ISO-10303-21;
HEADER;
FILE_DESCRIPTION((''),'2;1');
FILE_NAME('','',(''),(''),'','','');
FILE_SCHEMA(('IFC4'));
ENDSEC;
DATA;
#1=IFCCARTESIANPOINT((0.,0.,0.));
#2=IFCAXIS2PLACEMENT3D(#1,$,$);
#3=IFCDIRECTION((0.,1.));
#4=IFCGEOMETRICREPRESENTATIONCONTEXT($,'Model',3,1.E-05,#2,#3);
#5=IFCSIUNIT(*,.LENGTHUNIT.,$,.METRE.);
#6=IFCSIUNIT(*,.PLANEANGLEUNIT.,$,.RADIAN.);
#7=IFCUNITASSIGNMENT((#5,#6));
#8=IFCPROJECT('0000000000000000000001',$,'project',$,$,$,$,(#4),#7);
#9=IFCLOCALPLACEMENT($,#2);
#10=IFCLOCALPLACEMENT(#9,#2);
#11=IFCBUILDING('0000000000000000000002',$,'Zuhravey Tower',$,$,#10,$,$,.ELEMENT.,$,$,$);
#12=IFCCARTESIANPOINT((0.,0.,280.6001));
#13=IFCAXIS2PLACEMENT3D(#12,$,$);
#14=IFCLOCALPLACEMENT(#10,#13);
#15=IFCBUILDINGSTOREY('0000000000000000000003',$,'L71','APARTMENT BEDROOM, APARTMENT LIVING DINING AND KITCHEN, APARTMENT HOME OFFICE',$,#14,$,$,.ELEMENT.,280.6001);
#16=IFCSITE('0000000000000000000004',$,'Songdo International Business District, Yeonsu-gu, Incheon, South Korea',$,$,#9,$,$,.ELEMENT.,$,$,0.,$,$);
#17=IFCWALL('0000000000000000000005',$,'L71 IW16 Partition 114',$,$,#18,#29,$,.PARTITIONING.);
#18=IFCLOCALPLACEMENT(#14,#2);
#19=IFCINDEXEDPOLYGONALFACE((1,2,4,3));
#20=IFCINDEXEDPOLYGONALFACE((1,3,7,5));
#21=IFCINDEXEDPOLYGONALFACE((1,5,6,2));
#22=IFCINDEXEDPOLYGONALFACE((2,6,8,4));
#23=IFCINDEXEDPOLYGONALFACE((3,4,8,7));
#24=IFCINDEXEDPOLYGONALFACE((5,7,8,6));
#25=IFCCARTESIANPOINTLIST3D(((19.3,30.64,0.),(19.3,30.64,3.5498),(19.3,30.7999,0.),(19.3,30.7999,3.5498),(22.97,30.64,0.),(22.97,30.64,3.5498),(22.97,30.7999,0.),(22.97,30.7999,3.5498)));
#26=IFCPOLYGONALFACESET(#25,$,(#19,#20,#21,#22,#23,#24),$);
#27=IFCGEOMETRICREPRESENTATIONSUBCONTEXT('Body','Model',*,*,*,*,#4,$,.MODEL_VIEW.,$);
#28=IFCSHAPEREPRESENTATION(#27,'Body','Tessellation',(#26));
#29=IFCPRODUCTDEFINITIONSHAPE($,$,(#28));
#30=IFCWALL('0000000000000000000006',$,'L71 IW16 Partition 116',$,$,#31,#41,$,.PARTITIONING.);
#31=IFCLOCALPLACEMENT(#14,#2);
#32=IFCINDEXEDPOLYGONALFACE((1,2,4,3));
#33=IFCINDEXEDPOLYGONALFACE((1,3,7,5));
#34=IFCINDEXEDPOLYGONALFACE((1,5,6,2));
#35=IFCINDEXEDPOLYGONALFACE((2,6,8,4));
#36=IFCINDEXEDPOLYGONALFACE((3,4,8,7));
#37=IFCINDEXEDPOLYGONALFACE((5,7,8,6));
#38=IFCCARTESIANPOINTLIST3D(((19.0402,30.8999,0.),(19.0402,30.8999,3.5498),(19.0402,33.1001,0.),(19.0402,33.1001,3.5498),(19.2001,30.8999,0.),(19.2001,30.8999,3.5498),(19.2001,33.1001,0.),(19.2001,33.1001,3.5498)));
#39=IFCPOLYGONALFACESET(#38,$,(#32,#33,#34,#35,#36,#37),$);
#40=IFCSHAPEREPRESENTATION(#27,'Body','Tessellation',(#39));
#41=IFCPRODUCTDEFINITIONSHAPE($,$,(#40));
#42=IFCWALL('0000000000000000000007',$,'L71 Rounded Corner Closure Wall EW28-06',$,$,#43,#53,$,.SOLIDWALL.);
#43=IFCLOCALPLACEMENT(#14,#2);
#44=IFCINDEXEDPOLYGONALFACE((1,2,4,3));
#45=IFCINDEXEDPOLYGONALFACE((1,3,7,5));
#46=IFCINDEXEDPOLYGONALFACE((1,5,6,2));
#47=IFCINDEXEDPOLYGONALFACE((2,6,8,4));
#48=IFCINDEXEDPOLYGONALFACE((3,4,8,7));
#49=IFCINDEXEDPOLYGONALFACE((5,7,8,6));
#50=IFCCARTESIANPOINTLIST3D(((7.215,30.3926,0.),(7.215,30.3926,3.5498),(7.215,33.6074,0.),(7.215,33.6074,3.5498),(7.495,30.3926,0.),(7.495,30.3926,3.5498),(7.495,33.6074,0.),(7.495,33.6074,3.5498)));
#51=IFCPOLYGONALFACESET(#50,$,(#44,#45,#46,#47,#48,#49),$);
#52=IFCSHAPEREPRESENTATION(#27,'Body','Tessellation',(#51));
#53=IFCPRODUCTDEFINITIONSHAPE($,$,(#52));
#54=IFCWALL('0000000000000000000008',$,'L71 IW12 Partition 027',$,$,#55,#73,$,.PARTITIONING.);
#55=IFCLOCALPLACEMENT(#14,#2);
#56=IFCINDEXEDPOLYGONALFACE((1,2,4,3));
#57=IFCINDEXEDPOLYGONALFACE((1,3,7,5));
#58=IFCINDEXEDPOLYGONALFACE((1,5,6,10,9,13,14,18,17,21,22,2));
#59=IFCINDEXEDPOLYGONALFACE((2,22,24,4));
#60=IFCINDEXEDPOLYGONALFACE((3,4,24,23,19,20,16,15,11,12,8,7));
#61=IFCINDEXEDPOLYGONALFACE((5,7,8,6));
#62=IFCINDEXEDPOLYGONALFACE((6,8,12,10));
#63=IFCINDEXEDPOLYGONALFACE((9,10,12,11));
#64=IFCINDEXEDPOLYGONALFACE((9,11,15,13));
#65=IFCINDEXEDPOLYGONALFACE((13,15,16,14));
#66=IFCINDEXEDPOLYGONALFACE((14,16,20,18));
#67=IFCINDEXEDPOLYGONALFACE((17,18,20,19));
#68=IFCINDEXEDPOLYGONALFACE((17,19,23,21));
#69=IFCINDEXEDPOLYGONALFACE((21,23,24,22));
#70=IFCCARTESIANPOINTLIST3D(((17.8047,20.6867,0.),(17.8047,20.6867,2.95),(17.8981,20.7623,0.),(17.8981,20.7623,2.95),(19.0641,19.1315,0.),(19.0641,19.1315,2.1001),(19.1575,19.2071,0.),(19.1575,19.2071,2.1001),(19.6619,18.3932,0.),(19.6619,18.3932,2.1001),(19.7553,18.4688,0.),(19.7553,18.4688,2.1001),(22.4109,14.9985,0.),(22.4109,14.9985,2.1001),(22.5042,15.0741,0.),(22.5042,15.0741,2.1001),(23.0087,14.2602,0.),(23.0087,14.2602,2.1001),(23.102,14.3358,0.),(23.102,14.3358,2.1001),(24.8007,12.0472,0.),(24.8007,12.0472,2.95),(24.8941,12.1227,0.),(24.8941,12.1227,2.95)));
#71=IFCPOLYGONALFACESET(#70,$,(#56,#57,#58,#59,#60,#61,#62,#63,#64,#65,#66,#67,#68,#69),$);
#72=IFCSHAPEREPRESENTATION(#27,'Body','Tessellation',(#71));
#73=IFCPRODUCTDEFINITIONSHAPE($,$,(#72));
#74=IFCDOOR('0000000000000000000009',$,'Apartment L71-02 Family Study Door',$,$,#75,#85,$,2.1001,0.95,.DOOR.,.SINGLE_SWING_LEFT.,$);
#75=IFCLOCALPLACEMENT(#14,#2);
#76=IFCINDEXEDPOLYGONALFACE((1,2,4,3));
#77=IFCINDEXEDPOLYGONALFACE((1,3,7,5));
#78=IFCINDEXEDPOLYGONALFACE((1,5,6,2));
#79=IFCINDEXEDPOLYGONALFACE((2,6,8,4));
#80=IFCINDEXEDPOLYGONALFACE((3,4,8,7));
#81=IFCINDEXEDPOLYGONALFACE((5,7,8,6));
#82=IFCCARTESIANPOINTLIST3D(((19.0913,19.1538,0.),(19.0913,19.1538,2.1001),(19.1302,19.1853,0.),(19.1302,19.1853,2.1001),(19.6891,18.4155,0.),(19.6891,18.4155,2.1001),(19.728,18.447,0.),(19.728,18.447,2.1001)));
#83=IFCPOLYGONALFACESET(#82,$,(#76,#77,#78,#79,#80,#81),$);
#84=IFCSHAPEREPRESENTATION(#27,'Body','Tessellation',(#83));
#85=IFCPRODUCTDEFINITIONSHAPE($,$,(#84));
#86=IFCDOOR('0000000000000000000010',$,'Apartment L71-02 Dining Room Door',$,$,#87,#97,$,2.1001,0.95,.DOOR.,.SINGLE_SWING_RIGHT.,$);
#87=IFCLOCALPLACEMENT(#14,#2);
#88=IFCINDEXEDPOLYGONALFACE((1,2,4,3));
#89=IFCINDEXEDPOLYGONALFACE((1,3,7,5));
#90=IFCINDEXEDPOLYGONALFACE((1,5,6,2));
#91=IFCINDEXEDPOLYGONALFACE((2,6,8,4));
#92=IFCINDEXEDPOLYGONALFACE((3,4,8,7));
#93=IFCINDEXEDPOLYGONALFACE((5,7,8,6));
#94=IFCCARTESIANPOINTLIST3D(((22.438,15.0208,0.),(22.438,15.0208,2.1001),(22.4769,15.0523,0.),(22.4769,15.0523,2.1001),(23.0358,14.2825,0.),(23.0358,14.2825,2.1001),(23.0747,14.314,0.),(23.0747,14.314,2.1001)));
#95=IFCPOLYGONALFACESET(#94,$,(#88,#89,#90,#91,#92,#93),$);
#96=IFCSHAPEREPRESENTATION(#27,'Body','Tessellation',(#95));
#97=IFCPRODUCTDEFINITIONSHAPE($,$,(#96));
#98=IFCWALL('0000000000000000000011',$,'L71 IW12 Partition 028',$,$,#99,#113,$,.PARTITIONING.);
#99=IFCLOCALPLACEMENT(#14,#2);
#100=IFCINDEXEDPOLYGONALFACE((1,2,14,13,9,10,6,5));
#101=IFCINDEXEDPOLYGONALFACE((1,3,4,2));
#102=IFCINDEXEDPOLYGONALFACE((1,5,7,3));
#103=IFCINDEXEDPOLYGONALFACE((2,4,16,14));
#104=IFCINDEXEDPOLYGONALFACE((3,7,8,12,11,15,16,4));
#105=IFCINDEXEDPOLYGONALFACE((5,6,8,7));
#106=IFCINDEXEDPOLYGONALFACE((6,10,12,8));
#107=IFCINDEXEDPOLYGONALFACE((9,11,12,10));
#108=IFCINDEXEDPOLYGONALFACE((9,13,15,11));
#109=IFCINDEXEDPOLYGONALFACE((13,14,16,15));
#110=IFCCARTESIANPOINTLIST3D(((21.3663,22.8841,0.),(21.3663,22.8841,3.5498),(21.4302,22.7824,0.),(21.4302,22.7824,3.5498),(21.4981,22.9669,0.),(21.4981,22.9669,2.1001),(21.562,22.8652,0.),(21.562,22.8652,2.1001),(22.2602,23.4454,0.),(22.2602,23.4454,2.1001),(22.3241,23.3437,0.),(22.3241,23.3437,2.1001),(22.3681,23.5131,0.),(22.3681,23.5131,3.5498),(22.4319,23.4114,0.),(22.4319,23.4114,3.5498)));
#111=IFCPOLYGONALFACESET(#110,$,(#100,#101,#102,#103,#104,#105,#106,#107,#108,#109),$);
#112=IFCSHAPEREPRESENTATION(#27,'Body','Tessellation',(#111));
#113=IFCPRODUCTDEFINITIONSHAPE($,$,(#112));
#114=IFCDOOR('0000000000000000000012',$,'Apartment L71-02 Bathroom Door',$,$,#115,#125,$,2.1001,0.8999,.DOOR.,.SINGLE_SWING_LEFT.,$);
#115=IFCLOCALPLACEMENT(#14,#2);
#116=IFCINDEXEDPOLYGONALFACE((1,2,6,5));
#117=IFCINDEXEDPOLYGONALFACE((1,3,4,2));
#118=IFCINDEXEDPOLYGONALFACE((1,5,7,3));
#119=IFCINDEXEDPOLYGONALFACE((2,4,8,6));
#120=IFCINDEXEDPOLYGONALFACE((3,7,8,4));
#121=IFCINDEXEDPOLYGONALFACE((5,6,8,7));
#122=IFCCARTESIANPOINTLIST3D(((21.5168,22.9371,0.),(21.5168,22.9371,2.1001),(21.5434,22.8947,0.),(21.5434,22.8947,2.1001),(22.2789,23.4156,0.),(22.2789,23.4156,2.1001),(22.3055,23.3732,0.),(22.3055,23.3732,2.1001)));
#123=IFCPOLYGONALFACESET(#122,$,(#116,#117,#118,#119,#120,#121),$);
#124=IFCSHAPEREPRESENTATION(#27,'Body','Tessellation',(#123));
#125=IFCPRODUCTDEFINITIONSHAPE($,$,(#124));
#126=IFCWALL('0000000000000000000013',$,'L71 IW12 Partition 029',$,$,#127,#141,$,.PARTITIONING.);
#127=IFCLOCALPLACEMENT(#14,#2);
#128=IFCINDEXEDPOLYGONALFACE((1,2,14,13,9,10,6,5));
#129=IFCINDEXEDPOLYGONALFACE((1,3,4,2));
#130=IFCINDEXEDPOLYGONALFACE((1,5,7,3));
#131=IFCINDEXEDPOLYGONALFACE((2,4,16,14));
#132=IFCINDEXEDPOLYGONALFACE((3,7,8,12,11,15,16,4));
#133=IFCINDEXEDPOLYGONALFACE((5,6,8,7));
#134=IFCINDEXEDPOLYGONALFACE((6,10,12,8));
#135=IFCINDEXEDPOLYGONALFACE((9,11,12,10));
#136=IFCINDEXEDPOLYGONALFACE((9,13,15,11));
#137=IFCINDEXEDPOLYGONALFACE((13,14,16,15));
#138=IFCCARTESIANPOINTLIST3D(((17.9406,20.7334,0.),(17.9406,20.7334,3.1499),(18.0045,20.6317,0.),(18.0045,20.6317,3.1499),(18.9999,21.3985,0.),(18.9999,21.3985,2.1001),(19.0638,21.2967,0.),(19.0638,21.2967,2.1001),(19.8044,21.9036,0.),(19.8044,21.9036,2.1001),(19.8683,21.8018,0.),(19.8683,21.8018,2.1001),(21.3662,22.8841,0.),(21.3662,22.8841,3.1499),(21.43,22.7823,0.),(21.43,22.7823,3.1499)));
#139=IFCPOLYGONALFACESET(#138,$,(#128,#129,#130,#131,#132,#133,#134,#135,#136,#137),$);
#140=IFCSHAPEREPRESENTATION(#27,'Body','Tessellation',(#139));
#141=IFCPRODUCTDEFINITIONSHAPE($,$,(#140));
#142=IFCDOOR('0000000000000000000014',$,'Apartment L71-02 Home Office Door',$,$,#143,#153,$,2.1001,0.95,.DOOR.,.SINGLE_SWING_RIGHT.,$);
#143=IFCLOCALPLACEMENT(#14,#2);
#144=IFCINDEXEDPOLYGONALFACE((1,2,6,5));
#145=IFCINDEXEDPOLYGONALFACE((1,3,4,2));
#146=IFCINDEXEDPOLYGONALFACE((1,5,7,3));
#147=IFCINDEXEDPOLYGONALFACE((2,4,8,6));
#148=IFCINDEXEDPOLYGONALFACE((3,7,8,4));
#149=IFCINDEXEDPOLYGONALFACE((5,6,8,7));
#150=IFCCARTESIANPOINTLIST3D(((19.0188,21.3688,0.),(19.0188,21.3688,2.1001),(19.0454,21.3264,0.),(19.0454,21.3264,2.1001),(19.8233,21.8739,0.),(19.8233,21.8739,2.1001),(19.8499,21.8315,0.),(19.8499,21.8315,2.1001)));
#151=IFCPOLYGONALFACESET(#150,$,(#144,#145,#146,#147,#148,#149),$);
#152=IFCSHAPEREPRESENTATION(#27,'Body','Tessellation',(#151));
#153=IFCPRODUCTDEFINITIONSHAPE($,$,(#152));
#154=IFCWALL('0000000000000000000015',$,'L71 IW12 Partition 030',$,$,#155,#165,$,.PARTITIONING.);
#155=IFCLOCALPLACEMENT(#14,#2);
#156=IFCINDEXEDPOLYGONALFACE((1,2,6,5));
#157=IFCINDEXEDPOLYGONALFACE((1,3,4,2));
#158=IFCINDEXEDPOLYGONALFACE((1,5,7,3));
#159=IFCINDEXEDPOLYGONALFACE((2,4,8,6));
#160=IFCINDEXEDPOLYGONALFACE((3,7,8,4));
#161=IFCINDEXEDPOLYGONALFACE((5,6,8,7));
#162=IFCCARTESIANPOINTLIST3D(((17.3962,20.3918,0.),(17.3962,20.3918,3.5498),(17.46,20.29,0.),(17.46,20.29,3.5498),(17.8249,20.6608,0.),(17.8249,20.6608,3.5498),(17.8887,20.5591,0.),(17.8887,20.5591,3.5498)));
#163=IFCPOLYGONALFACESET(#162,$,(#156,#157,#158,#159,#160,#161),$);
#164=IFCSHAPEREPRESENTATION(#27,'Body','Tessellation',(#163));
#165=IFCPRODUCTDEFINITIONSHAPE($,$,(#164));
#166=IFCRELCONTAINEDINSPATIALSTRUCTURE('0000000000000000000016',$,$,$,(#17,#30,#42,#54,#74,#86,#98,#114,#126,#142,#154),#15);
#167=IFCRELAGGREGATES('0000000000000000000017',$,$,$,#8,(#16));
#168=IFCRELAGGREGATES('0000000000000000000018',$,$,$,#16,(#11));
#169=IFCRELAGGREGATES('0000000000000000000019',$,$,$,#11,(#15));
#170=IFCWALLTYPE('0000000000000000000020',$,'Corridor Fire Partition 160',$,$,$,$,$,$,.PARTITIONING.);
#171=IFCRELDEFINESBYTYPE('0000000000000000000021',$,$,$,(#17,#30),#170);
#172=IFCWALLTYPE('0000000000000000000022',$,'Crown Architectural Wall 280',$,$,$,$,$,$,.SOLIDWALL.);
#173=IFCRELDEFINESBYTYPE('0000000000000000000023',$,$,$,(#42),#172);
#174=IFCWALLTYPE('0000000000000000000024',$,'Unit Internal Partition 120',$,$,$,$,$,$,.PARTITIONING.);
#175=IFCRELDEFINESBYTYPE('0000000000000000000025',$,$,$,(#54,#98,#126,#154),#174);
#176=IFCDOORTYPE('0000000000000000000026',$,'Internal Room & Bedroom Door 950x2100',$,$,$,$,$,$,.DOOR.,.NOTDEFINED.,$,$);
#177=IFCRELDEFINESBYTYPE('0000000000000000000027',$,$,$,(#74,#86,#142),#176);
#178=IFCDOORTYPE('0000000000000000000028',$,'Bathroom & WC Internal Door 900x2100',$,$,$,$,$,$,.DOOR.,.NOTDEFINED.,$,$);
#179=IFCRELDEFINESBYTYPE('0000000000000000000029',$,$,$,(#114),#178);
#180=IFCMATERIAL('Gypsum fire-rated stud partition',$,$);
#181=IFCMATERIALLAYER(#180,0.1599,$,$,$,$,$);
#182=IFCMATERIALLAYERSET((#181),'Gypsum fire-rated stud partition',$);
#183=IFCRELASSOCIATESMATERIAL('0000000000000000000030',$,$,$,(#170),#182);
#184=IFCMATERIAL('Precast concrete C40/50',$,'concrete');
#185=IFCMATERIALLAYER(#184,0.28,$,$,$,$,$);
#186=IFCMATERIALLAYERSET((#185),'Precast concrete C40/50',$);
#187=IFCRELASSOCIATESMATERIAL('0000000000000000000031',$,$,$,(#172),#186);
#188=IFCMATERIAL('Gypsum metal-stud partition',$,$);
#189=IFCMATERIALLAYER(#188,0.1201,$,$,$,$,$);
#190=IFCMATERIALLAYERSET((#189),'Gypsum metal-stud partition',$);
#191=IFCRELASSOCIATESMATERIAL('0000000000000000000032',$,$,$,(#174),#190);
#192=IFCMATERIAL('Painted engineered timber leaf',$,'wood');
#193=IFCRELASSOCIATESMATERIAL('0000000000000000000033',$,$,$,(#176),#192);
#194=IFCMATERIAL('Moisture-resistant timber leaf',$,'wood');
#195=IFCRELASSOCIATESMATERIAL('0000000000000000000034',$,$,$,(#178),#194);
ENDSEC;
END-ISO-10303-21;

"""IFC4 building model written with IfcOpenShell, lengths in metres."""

from ifc_helpers import new_model, si_unit, direction, frame, frame_2d, origin, place, context, subcontext, project, spatial, rectangle, extrude, material, layer, layer_set, type_object, element, fill, save


model = new_model("IFC4")

# Units and contexts
model_context = context("Model", 3, precision=1e-05, world=origin(), true_north=direction((0.0, 1.0)))
body_context = subcontext(model_context, "Body", "Model", "MODEL_VIEW")
ifc_project = project(units=[si_unit("LENGTHUNIT", "METRE"), si_unit("PLANEANGLEUNIT", "RADIAN")], contexts=[model_context])

# Site, building, storey
site_placement = place(None, origin())
site = spatial("IfcSite", under=ifc_project, at=site_placement, Name="Songdo International Business District, Yeonsu-gu, Incheon, South Korea", CompositionType="ELEMENT", RefElevation=0.0)
building_placement = place(site_placement, origin())
building = spatial("IfcBuilding", under=site, at=building_placement, Name="Zuhravey Tower", CompositionType="ELEMENT")
storey_placement = place(building_placement, frame((0.0, 0.0, 280.6001)))
storey = spatial("IfcBuildingStorey", under=building, at=storey_placement, Name="L71", Description="APARTMENT BEDROOM, APARTMENT LIVING DINING AND KITCHEN, APARTMENT HOME OFFICE", CompositionType="ELEMENT", Elevation=280.6001)

# Walls
ifc_material_1 = material(Name="Gypsum fire-rated stud partition")
ifc_layer_1 = layer(ifc_material_1, 0.1599)
ifc_layer_set_1 = layer_set([ifc_layer_1], Name="Gypsum fire-rated stud partition")
wall_type_1 = type_object("IfcWallType", Name="Corridor Fire Partition 160", PredefinedType="PARTITIONING", material=ifc_layer_set_1)
wall_1_placement = place(storey_placement, frame((19.3, 30.72, 0.0), z_axis=(0.0, 0.0, 1.0), x_axis=(1.0, 0.0, 0.0)))
element("IfcWall", 1, at=wall_1_placement, inside=storey, type_object=wall_type_1, Name="L71 IW16 Partition 114", PredefinedType="PARTITIONING", context=body_context, shape_type="SweptSolid", body=[
    extrude(rectangle(XDim=3.6699, YDim=0.1599, at=frame_2d((1.835, 0.0))), origin(), (0.0, 0.0, 1.0), 3.5498),
])
wall_2_placement = place(storey_placement, frame((19.1201, 33.1001, 0.0), z_axis=(0.0, 0.0, 1.0), x_axis=(0.0, -1.0, 0.0)))
element("IfcWall", 2, at=wall_2_placement, inside=storey, type_object=wall_type_1, Name="L71 IW16 Partition 116", PredefinedType="PARTITIONING", context=body_context, shape_type="SweptSolid", body=[
    extrude(rectangle(XDim=2.2002, YDim=0.1599, at=frame_2d((1.1001, 0.0))), origin(), (0.0, 0.0, 1.0), 3.5498),
])
ifc_material_2 = material(Name="Precast concrete C40/50", Category="concrete")
ifc_layer_2 = layer(ifc_material_2, 0.28)
ifc_layer_set_2 = layer_set([ifc_layer_2], Name="Precast concrete C40/50")
wall_type_2 = type_object("IfcWallType", Name="Crown Architectural Wall 280", PredefinedType="SOLIDWALL", material=ifc_layer_set_2)
wall_3_placement = place(storey_placement, frame((7.355, 30.3926, 0.0), z_axis=(0.0, 0.0, 1.0), x_axis=(0.0, 1.0, 0.0)))
element("IfcWall", 3, at=wall_3_placement, inside=storey, type_object=wall_type_2, Name="L71 Rounded Corner Closure Wall EW28-06", PredefinedType="SOLIDWALL", context=body_context, shape_type="SweptSolid", body=[
    extrude(rectangle(XDim=3.2148, YDim=0.28, at=frame_2d((1.6074, 0.0))), origin(), (0.0, 0.0, 1.0), 3.5498),
])

# Wall, openings, doors
ifc_material_3 = material(Name="Gypsum metal-stud partition")
ifc_layer_3 = layer(ifc_material_3, 0.1201)
ifc_layer_set_3 = layer_set([ifc_layer_3], Name="Gypsum metal-stud partition")
wall_type_3 = type_object("IfcWallType", Name="Unit Internal Partition 120", PredefinedType="PARTITIONING", material=ifc_layer_set_3)
wall_4_placement = place(storey_placement, frame((17.8513, 20.7246, 0.0), z_axis=(0.0, 0.0, 1.0), x_axis=(0.629312, -0.777153, 0.0)))
wall_4 = element("IfcWall", 4, at=wall_4_placement, inside=storey, type_object=wall_type_3, Name="L71 IW12 Partition 027", PredefinedType="PARTITIONING", context=body_context, shape_type="SweptSolid", body=[
    extrude(rectangle(XDim=11.1169, YDim=0.1201, at=frame_2d((5.5586, 0.0))), origin(), (0.0, 0.0, 1.0), 2.95),
])
opening_1_placement = place(wall_4_placement, frame((2.0012, 0.0, 0.0)))
opening_1 = element("IfcOpeningElement", 5, at=opening_1_placement, cuts=wall_4, PredefinedType="OPENING", context=body_context, shape_type="SweptSolid", body=[
    extrude(rectangle(XDim=0.95, YDim=2.1001, at=frame_2d((0.4751, 1.05))), frame((0.0, 0.072, 0.0), z_axis=(0.0, -1.0, 0.0), x_axis=(1.0, 0.0, 0.0)), (0.0, 0.0, 1.0), 0.144),
])
opening_2_placement = place(wall_4_placement, frame((7.3193, 0.0, 0.0)))
opening_2 = element("IfcOpeningElement", 6, at=opening_2_placement, cuts=wall_4, PredefinedType="OPENING", context=body_context, shape_type="SweptSolid", body=[
    extrude(rectangle(XDim=0.95, YDim=2.1001, at=frame_2d((0.4751, 1.05))), frame((0.0, 0.072, 0.0), z_axis=(0.0, -1.0, 0.0), x_axis=(1.0, 0.0, 0.0)), (0.0, 0.0, 1.0), 0.144),
])
ifc_material_4 = material(Name="Painted engineered timber leaf", Category="wood")
door_type_1 = type_object("IfcDoorType", Name="Internal Room & Bedroom Door 950x2100", OperationType="NOTDEFINED", PredefinedType="DOOR", material=ifc_material_4)
door_1_placement = place(opening_1_placement, frame((0.95, 0.0, 0.0), z_axis=(0.0, 0.0, 1.0), x_axis=(-1.0, 0.0, 0.0)))
door_1 = element("IfcDoor", 7, at=door_1_placement, inside=storey, type_object=door_type_1, Name="Apartment L71-02 Family Study Door", OperationType="SINGLE_SWING_LEFT", OverallHeight=2.1001, OverallWidth=0.95, PredefinedType="DOOR", context=body_context, shape_type="SweptSolid", body=[
    extrude(rectangle(XDim=0.95, YDim=2.1001, at=frame_2d((0.4751, 1.05))), frame((0.0, 0.0249, 0.0), z_axis=(0.0, -1.0, 0.0), x_axis=(1.0, 0.0, 0.0)), (0.0, 0.0, 1.0), 0.05),
])
fill(opening_1, door_1)
door_2_placement = place(opening_2_placement, frame((0.95, 0.0, 0.0), z_axis=(0.0, 0.0, 1.0), x_axis=(-1.0, 0.0, 0.0)))
door_2 = element("IfcDoor", 8, at=door_2_placement, inside=storey, type_object=door_type_1, Name="Apartment L71-02 Dining Room Door", OperationType="SINGLE_SWING_RIGHT", OverallHeight=2.1001, OverallWidth=0.95, PredefinedType="DOOR", context=body_context, shape_type="SweptSolid", body=[
    extrude(rectangle(XDim=0.95, YDim=2.1001, at=frame_2d((0.4751, 1.05))), frame((0.0, 0.0249, 0.0), z_axis=(0.0, -1.0, 0.0), x_axis=(1.0, 0.0, 0.0)), (0.0, 0.0, 1.0), 0.05),
])
fill(opening_2, door_2)

# Walls, openings, doors
wall_5_placement = place(storey_placement, frame((22.3999, 23.4622, 0.0), z_axis=(0.0, 0.0, 1.0), x_axis=(-0.846918, -0.531723, 0.0)))
wall_5 = element("IfcWall", 9, at=wall_5_placement, inside=storey, type_object=wall_type_3, Name="L71 IW12 Partition 028", PredefinedType="PARTITIONING", context=body_context, shape_type="SweptSolid", body=[
    extrude(rectangle(XDim=1.1829, YDim=0.1201, at=frame_2d((0.5913, 0.0))), origin(), (0.0, 0.0, 1.0), 3.5498),
])
opening_3_placement = place(wall_5_placement, frame((0.1272, 0.0, 0.0)))
opening_3 = element("IfcOpeningElement", 10, at=opening_3_placement, cuts=wall_5, PredefinedType="OPENING", context=body_context, shape_type="SweptSolid", body=[
    extrude(rectangle(XDim=0.8999, YDim=2.1001, at=frame_2d((0.45, 1.05))), frame((0.0, 0.072, 0.0), z_axis=(0.0, -1.0, 0.0), x_axis=(1.0, 0.0, 0.0)), (0.0, 0.0, 1.0), 0.144),
])
ifc_material_5 = material(Name="Moisture-resistant timber leaf", Category="wood")
door_type_2 = type_object("IfcDoorType", Name="Bathroom & WC Internal Door 900x2100", OperationType="NOTDEFINED", PredefinedType="DOOR", material=ifc_material_5)
door_3_placement = place(opening_3_placement, frame((0.8999, 0.0, 0.0), z_axis=(0.0, 0.0, 1.0), x_axis=(-1.0, 0.0, 0.0)))
door_3 = element("IfcDoor", 11, at=door_3_placement, inside=storey, type_object=door_type_2, Name="Apartment L71-02 Bathroom Door", OperationType="SINGLE_SWING_LEFT", OverallHeight=2.1001, OverallWidth=0.8999, PredefinedType="DOOR", context=body_context, shape_type="SweptSolid", body=[
    extrude(rectangle(XDim=0.8999, YDim=2.1001, at=frame_2d((0.45, 1.05))), frame((0.0, 0.0249, 0.0), z_axis=(0.0, -1.0, 0.0), x_axis=(1.0, 0.0, 0.0)), (0.0, 0.0, 1.0), 0.05),
])
fill(opening_3, door_3)
wall_6_placement = place(storey_placement, frame((21.3982, 22.8333, 0.0), z_axis=(0.0, 0.0, 1.0), x_axis=(-0.846922, -0.531718, 0.0)))
wall_6 = element("IfcWall", 12, at=wall_6_placement, inside=storey, type_object=wall_type_3, Name="L71 IW12 Partition 029", PredefinedType="PARTITIONING", context=body_context, shape_type="SweptSolid", body=[
    extrude(rectangle(XDim=4.0447, YDim=0.1201, at=frame_2d((2.0225, 0.0))), origin(), (0.0, 0.0, 1.0), 3.1499),
])
opening_4_placement = place(wall_6_placement, frame((1.844, 0.0, 0.0)))
opening_4 = element("IfcOpeningElement", 13, at=opening_4_placement, cuts=wall_6, PredefinedType="OPENING", context=body_context, shape_type="SweptSolid", body=[
    extrude(rectangle(XDim=0.95, YDim=2.1001, at=frame_2d((0.4751, 1.05))), frame((0.0, 0.072, 0.0), z_axis=(0.0, -1.0, 0.0), x_axis=(1.0, 0.0, 0.0)), (0.0, 0.0, 1.0), 0.144),
])
door_4_placement = place(opening_4_placement, frame((0.95, 0.0, 0.0), z_axis=(0.0, 0.0, 1.0), x_axis=(-1.0, 0.0, 0.0)))
door_4 = element("IfcDoor", 14, at=door_4_placement, inside=storey, type_object=door_type_1, Name="Apartment L71-02 Home Office Door", OperationType="SINGLE_SWING_RIGHT", OverallHeight=2.1001, OverallWidth=0.95, PredefinedType="DOOR", context=body_context, shape_type="SweptSolid", body=[
    extrude(rectangle(XDim=0.95, YDim=2.1001, at=frame_2d((0.4751, 1.05))), frame((0.0, 0.0249, 0.0), z_axis=(0.0, -1.0, 0.0), x_axis=(1.0, 0.0, 0.0)), (0.0, 0.0, 1.0), 0.05),
])
fill(opening_4, door_4)

# Wall
wall_7_placement = place(storey_placement, frame((17.8567, 20.6099, 0.0), z_axis=(0.0, 0.0, 1.0), x_axis=(-0.847021, -0.531559, 0.0)))
element("IfcWall", 15, at=wall_7_placement, inside=storey, type_object=wall_type_3, Name="L71 IW12 Partition 030", PredefinedType="PARTITIONING", context=body_context, shape_type="SweptSolid", body=[
    extrude(rectangle(XDim=0.5061, YDim=0.1201, at=frame_2d((0.2529, 0.0))), origin(), (0.0, 0.0, 1.0), 3.5498),
])

save(model, "model.ifc")
